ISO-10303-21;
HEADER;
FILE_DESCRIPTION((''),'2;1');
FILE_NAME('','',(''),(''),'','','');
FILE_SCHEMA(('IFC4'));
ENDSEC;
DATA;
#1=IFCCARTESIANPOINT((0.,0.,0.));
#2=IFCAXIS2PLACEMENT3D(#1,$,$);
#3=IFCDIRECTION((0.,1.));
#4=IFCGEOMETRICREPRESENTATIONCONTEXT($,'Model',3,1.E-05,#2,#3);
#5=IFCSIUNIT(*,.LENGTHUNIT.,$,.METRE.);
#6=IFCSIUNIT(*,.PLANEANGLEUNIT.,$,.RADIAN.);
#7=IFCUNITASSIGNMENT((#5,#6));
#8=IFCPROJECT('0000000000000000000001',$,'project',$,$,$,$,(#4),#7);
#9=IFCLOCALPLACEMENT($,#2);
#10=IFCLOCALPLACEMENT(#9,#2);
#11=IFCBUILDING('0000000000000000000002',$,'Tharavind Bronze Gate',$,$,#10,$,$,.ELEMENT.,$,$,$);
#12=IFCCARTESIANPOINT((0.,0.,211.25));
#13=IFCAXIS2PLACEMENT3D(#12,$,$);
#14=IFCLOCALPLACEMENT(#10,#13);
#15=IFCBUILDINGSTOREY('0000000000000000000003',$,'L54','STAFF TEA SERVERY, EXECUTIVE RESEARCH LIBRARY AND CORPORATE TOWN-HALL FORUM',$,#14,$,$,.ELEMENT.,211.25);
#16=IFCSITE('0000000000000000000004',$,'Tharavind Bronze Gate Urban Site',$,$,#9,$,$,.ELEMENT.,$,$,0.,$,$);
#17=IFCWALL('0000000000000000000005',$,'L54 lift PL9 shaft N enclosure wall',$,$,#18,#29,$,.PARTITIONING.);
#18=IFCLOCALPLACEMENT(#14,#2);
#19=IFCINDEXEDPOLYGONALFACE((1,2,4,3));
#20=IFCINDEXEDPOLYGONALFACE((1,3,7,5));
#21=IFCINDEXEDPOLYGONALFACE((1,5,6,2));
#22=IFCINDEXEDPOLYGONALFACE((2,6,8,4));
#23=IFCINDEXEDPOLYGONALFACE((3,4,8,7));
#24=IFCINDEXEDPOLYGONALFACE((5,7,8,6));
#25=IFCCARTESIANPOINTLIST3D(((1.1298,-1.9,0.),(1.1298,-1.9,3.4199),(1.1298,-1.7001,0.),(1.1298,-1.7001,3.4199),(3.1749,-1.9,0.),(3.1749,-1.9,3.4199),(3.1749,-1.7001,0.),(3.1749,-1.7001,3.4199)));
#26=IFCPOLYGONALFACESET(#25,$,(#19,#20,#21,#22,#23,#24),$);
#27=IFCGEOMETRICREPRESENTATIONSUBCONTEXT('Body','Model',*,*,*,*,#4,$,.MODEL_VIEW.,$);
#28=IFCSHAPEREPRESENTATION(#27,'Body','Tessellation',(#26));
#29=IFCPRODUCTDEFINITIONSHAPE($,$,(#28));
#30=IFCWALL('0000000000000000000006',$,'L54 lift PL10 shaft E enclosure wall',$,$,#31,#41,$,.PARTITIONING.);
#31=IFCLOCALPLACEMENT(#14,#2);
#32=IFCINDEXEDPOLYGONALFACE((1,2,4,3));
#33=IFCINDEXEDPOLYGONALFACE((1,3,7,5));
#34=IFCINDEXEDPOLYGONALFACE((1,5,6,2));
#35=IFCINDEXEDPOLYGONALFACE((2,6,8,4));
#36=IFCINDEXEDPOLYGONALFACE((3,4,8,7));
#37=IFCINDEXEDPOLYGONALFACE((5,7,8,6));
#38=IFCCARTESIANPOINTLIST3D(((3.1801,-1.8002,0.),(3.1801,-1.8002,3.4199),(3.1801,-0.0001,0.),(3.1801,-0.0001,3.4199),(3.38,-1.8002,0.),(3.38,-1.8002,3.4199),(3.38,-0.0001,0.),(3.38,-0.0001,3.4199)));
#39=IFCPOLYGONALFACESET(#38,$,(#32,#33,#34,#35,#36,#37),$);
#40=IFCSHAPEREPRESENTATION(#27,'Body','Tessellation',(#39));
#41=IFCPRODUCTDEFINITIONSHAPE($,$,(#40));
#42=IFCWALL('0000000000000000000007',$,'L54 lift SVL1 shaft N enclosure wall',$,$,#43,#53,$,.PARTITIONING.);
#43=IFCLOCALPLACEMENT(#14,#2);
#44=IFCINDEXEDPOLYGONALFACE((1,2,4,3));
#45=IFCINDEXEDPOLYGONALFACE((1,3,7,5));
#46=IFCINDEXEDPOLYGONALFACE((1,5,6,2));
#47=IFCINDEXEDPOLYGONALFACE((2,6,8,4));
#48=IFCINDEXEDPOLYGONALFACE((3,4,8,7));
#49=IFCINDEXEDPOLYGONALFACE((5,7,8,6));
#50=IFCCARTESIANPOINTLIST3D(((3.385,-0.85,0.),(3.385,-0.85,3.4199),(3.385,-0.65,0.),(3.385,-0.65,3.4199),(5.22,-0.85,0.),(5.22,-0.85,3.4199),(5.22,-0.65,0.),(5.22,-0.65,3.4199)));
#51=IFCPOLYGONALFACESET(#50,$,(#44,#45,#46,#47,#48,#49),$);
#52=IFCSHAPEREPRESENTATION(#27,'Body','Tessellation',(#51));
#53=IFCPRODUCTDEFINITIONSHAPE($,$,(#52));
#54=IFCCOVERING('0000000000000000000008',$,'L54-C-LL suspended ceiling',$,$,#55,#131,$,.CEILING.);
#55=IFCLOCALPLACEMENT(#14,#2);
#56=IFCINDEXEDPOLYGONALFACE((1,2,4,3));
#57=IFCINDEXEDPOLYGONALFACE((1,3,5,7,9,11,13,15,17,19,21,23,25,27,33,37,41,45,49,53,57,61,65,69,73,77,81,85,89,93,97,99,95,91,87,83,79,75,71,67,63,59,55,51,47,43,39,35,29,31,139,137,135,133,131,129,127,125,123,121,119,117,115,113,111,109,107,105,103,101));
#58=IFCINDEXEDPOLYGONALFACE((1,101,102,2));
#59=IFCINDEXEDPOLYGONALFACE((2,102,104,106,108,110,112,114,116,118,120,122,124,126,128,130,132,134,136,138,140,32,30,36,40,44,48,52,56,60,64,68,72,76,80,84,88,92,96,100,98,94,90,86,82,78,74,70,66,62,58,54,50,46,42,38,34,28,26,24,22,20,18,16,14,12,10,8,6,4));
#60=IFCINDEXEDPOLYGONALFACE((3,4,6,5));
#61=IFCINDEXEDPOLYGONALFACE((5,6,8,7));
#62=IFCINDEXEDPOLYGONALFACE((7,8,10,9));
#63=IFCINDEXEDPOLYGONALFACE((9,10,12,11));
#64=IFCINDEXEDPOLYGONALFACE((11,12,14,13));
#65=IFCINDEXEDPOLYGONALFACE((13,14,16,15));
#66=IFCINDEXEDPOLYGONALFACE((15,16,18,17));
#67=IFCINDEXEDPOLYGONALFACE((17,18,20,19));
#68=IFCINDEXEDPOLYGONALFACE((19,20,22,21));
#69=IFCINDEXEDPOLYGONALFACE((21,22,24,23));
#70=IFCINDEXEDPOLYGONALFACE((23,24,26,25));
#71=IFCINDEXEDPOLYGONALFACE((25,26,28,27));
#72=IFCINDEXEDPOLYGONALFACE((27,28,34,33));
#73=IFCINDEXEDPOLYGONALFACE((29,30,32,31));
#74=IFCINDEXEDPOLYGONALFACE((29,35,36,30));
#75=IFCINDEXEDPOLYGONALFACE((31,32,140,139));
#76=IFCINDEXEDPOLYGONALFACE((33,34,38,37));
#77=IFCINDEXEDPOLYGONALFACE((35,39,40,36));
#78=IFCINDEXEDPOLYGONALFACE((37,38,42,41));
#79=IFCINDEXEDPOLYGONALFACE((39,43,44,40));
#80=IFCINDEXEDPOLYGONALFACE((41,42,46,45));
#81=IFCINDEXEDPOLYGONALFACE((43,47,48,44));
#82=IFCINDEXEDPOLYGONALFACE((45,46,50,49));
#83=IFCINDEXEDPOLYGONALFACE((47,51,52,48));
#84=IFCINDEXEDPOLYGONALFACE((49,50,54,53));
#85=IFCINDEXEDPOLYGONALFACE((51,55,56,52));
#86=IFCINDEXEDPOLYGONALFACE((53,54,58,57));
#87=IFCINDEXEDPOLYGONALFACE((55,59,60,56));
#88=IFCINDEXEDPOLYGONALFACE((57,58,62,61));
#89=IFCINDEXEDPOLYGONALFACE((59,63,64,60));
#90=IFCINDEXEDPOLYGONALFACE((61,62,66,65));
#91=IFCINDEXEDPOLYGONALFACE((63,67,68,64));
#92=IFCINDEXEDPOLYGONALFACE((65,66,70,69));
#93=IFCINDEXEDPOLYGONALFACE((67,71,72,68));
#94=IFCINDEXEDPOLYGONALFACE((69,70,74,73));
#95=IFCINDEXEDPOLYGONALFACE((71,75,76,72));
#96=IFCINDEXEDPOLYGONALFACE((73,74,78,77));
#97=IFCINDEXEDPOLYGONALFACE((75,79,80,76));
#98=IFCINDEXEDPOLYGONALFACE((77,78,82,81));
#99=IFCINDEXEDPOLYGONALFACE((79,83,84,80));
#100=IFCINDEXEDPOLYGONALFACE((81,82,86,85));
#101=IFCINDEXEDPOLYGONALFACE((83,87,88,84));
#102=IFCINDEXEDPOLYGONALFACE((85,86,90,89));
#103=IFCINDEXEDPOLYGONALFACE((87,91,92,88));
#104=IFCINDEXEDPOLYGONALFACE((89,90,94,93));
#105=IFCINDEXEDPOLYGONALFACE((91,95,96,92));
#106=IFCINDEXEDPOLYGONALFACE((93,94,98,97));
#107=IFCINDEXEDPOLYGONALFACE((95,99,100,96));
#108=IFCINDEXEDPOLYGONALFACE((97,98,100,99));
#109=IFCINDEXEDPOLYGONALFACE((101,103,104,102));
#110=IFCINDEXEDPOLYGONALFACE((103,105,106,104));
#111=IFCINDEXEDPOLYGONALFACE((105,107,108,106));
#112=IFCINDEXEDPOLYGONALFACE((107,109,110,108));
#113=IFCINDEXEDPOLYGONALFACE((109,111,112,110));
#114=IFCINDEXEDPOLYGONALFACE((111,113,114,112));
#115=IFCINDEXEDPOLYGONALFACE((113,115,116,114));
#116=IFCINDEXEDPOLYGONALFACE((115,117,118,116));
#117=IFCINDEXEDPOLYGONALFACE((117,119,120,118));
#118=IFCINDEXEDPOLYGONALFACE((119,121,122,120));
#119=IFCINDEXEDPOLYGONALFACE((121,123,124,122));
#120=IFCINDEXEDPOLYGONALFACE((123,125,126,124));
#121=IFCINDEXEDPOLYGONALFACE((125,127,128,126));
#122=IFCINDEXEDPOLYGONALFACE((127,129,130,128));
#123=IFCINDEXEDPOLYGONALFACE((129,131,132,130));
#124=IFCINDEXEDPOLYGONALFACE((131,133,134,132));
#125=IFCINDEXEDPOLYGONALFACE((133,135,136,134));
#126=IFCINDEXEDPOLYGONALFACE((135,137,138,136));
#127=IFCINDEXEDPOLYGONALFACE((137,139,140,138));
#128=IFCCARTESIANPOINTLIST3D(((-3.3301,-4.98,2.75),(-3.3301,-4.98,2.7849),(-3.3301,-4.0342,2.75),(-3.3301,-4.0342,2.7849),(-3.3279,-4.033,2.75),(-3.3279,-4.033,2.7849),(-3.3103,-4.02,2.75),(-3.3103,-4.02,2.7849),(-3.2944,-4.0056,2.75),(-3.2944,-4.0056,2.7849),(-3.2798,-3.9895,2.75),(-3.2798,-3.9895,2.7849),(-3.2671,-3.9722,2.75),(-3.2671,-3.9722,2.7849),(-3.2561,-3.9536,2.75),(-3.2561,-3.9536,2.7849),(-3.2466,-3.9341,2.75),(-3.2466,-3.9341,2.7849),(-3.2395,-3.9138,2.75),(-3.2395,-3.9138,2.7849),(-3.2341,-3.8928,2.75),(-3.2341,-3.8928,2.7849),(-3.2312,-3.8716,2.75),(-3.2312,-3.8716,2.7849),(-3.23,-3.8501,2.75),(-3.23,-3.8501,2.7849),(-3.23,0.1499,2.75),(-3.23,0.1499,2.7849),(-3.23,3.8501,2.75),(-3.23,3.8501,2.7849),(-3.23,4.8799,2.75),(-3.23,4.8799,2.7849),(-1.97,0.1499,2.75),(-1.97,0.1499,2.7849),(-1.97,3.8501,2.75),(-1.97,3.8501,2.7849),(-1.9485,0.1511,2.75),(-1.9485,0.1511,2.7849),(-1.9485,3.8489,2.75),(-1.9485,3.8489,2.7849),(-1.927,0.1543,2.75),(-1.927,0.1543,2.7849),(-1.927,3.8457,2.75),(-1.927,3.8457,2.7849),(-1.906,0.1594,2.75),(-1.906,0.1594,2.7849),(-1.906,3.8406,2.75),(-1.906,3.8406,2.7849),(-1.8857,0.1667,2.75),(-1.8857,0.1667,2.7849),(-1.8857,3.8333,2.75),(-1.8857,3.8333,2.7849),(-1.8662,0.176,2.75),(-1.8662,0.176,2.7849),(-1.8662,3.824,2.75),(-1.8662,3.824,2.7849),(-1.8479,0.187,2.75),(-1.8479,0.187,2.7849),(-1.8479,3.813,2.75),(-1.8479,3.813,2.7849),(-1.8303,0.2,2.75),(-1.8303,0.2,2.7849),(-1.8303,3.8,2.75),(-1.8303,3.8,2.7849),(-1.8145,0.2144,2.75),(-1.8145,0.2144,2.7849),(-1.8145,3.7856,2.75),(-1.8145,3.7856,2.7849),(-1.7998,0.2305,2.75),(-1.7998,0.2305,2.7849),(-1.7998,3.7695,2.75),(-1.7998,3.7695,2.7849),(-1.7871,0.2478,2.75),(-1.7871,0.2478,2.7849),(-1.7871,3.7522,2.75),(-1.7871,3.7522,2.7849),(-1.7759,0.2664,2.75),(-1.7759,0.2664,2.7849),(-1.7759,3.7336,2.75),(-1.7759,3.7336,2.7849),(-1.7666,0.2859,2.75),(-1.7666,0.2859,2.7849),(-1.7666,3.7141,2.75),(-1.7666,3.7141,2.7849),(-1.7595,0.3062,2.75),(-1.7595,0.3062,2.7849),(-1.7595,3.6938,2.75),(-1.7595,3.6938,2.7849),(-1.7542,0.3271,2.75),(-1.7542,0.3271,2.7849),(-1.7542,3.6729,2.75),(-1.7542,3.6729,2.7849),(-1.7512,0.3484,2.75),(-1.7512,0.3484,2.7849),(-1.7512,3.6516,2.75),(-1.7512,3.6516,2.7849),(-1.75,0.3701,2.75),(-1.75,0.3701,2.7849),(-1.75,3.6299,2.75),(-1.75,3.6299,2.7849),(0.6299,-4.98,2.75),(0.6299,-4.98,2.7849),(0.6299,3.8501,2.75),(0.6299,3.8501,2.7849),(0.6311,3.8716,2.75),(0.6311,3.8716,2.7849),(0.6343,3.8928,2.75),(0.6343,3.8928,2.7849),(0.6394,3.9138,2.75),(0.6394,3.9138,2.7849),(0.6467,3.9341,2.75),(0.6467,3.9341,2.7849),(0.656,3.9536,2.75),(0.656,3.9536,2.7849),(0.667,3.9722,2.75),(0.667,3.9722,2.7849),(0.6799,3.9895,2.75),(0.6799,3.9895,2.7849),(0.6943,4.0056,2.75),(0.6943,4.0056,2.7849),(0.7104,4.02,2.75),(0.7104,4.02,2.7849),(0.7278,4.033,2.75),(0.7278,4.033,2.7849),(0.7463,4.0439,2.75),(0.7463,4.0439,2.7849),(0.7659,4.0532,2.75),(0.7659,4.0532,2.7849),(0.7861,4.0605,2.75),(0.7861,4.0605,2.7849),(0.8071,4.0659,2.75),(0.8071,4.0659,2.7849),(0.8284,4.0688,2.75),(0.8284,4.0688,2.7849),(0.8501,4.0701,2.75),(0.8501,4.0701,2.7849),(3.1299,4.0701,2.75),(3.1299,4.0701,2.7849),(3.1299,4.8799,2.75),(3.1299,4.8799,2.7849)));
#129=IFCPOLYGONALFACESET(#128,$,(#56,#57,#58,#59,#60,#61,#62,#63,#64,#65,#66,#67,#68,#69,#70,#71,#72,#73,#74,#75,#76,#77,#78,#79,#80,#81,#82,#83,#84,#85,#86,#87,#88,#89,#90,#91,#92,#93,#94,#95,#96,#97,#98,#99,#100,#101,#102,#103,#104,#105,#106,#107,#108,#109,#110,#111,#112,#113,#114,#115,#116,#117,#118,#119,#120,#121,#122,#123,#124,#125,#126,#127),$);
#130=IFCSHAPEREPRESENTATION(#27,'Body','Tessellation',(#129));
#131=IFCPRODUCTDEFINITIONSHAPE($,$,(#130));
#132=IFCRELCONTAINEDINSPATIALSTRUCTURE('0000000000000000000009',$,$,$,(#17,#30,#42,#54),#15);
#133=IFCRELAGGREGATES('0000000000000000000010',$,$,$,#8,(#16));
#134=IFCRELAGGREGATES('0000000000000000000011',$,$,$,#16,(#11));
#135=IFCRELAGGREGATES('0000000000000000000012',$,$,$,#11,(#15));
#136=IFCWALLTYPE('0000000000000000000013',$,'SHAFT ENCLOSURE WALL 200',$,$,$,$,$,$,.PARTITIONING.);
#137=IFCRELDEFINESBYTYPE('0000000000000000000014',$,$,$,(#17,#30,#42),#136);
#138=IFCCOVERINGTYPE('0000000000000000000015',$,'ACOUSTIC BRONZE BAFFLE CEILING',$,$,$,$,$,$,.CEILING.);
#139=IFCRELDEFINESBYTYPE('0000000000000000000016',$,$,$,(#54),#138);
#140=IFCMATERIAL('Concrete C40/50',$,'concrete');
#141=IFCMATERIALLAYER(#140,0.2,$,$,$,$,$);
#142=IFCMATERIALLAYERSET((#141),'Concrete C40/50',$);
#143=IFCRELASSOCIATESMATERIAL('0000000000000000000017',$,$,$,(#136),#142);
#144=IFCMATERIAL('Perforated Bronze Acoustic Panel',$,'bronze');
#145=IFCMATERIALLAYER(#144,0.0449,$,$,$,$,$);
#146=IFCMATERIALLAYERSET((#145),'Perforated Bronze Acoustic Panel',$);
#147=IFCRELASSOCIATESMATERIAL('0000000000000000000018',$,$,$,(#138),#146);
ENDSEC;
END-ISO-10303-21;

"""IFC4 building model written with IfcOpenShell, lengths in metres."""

from ifc_helpers import new_model, si_unit, direction, frame, frame_2d, origin, place, context, subcontext, project, spatial, polyline, rectangle, outline, extrude, material, layer, layer_set, type_object, element, save


model = new_model("IFC4")

# Units and contexts
model_context = context("Model", 3, precision=1e-05, world=origin(), true_north=direction((0.0, 1.0)))
body_context = subcontext(model_context, "Body", "Model", "MODEL_VIEW")
ifc_project = project(units=[si_unit("LENGTHUNIT", "METRE"), si_unit("PLANEANGLEUNIT", "RADIAN")], contexts=[model_context])

# Site, building, storey
site_placement = place(None, origin())
site = spatial("IfcSite", under=ifc_project, at=site_placement, Name="Tharavind Bronze Gate Urban Site", CompositionType="ELEMENT", RefElevation=0.0)
building_placement = place(site_placement, origin())
building = spatial("IfcBuilding", under=site, at=building_placement, Name="Tharavind Bronze Gate", CompositionType="ELEMENT")
storey_placement = place(building_placement, frame((0.0, 0.0, 211.25)))
storey = spatial("IfcBuildingStorey", under=building, at=storey_placement, Name="L54", Description="STAFF TEA SERVERY, EXECUTIVE RESEARCH LIBRARY AND CORPORATE TOWN-HALL FORUM", CompositionType="ELEMENT", Elevation=211.25)

# Walls
ifc_material_1 = material(Name="Concrete C40/50", Category="concrete")
ifc_layer_1 = layer(ifc_material_1, 0.2)
ifc_layer_set_1 = layer_set([ifc_layer_1], Name="Concrete C40/50")
wall_type_1 = type_object("IfcWallType", Name="SHAFT ENCLOSURE WALL 200", PredefinedType="PARTITIONING", material=ifc_layer_set_1)
for number, where, z_axis, x_axis, name in (
    (1, (1.1299, -1.8, 0.0), (0.0, 0.0, 1.0), (1.0, 0.0, 0.0), "L54 lift PL9 shaft N enclosure wall"),
):
    element("IfcWall", number, at=place(storey_placement, frame(where, z_axis=z_axis, x_axis=x_axis)), inside=storey, type_object=wall_type_1, Name=name, PredefinedType="PARTITIONING", context=body_context, shape_type="SweptSolid", body=[
        extrude(rectangle(XDim=2.0452, YDim=0.2, at=frame_2d((1.0225, 0.0))), origin(), (0.0, 0.0, 1.0), 3.4199),
    ])
wall_1_placement = place(storey_placement, frame((3.28, -1.8, 0.0), z_axis=(0.0, 0.0, 1.0), x_axis=(0.0, 1.0, 0.0)))
element("IfcWall", 2, at=wall_1_placement, inside=storey, type_object=wall_type_1, Name="L54 lift PL10 shaft E enclosure wall", PredefinedType="PARTITIONING", context=body_context, shape_type="SweptSolid", body=[
    extrude(rectangle(XDim=1.8, YDim=0.2, at=frame_2d((0.8999, 0.0))), origin(), (0.0, 0.0, 1.0), 3.4199),
])
wall_2_placement = place(storey_placement, frame((3.385, -0.75, 0.0), z_axis=(0.0, 0.0, 1.0), x_axis=(1.0, 0.0, 0.0)))
element("IfcWall", 3, at=wall_2_placement, inside=storey, type_object=wall_type_1, Name="L54 lift SVL1 shaft N enclosure wall", PredefinedType="PARTITIONING", context=body_context, shape_type="SweptSolid", body=[
    extrude(rectangle(XDim=1.835, YDim=0.2, at=frame_2d((0.9175, 0.0))), origin(), (0.0, 0.0, 1.0), 3.4199),
])

# Covering
ifc_material_2 = material(Name="Perforated Bronze Acoustic Panel", Category="bronze")
ifc_layer_2 = layer(ifc_material_2, 0.0449)
ifc_layer_set_2 = layer_set([ifc_layer_2], Name="Perforated Bronze Acoustic Panel")
covering_type_1 = type_object("IfcCoveringType", Name="ACOUSTIC BRONZE BAFFLE CEILING", PredefinedType="CEILING", material=ifc_layer_set_2)
covering_1_placement = place(storey_placement, frame((0.0, 0.0, 2.75)))
element("IfcCovering", 4, at=covering_1_placement, inside=storey, type_object=covering_type_1, Name="L54-C-LL suspended ceiling", PredefinedType="CEILING", context=body_context, shape_type="SweptSolid", body=[
    extrude(outline(polyline([(-3.3301, -4.98), (0.6299, -4.98), (0.6299, 3.8501), (0.6311, 3.8716), (0.6343, 3.8928), (0.6394, 3.9138), (0.6467, 3.9341), (0.656, 3.9536), (0.667, 3.9722), (0.6799, 3.9895), (0.6943, 4.0056), (0.7104, 4.02), (0.7278, 4.033), (0.7463, 4.0439), (0.7659, 4.0532), (0.7861, 4.0605), (0.8071, 4.0659), (0.8284, 4.0688), (0.8501, 4.0701), (3.1299, 4.0701), (3.1299, 4.8799), (-3.23, 4.8799), (-3.23, 3.8501), (-1.97, 3.8501), (-1.9485, 3.8489), (-1.927, 3.8457), (-1.906, 3.8406), (-1.8857, 3.8333), (-1.8662, 3.824), (-1.8479, 3.813), (-1.8303, 3.8), (-1.8145, 3.7856), (-1.7998, 3.7695), (-1.7871, 3.7522), (-1.7759, 3.7336), (-1.7666, 3.7141), (-1.7595, 3.6938), (-1.7542, 3.6729), (-1.7512, 3.6516), (-1.75, 3.6299), (-1.75, 0.3701), (-1.7512, 0.3484), (-1.7542, 0.3271), (-1.7595, 0.3062), (-1.7666, 0.2859), (-1.7759, 0.2664), (-1.7871, 0.2478), (-1.7998, 0.2305), (-1.8145, 0.2144), (-1.8303, 0.2), (-1.8479, 0.187), (-1.8662, 0.176), (-1.8857, 0.1667), (-1.906, 0.1594), (-1.927, 0.1543), (-1.9485, 0.1511), (-1.97, 0.1499), (-3.23, 0.1499), (-3.23, -3.8501), (-3.2312, -3.8716), (-3.2341, -3.8928), (-3.2395, -3.9138), (-3.2466, -3.9341), (-3.2561, -3.9536), (-3.2671, -3.9722), (-3.2798, -3.9895), (-3.2944, -4.0056), (-3.3103, -4.02), (-3.3279, -4.033), (-3.3301, -4.0342), (-3.3301, -4.98)])), origin(), (0.0, 0.0, 1.0), 0.0349),
])

save(model, "model.ifc")
